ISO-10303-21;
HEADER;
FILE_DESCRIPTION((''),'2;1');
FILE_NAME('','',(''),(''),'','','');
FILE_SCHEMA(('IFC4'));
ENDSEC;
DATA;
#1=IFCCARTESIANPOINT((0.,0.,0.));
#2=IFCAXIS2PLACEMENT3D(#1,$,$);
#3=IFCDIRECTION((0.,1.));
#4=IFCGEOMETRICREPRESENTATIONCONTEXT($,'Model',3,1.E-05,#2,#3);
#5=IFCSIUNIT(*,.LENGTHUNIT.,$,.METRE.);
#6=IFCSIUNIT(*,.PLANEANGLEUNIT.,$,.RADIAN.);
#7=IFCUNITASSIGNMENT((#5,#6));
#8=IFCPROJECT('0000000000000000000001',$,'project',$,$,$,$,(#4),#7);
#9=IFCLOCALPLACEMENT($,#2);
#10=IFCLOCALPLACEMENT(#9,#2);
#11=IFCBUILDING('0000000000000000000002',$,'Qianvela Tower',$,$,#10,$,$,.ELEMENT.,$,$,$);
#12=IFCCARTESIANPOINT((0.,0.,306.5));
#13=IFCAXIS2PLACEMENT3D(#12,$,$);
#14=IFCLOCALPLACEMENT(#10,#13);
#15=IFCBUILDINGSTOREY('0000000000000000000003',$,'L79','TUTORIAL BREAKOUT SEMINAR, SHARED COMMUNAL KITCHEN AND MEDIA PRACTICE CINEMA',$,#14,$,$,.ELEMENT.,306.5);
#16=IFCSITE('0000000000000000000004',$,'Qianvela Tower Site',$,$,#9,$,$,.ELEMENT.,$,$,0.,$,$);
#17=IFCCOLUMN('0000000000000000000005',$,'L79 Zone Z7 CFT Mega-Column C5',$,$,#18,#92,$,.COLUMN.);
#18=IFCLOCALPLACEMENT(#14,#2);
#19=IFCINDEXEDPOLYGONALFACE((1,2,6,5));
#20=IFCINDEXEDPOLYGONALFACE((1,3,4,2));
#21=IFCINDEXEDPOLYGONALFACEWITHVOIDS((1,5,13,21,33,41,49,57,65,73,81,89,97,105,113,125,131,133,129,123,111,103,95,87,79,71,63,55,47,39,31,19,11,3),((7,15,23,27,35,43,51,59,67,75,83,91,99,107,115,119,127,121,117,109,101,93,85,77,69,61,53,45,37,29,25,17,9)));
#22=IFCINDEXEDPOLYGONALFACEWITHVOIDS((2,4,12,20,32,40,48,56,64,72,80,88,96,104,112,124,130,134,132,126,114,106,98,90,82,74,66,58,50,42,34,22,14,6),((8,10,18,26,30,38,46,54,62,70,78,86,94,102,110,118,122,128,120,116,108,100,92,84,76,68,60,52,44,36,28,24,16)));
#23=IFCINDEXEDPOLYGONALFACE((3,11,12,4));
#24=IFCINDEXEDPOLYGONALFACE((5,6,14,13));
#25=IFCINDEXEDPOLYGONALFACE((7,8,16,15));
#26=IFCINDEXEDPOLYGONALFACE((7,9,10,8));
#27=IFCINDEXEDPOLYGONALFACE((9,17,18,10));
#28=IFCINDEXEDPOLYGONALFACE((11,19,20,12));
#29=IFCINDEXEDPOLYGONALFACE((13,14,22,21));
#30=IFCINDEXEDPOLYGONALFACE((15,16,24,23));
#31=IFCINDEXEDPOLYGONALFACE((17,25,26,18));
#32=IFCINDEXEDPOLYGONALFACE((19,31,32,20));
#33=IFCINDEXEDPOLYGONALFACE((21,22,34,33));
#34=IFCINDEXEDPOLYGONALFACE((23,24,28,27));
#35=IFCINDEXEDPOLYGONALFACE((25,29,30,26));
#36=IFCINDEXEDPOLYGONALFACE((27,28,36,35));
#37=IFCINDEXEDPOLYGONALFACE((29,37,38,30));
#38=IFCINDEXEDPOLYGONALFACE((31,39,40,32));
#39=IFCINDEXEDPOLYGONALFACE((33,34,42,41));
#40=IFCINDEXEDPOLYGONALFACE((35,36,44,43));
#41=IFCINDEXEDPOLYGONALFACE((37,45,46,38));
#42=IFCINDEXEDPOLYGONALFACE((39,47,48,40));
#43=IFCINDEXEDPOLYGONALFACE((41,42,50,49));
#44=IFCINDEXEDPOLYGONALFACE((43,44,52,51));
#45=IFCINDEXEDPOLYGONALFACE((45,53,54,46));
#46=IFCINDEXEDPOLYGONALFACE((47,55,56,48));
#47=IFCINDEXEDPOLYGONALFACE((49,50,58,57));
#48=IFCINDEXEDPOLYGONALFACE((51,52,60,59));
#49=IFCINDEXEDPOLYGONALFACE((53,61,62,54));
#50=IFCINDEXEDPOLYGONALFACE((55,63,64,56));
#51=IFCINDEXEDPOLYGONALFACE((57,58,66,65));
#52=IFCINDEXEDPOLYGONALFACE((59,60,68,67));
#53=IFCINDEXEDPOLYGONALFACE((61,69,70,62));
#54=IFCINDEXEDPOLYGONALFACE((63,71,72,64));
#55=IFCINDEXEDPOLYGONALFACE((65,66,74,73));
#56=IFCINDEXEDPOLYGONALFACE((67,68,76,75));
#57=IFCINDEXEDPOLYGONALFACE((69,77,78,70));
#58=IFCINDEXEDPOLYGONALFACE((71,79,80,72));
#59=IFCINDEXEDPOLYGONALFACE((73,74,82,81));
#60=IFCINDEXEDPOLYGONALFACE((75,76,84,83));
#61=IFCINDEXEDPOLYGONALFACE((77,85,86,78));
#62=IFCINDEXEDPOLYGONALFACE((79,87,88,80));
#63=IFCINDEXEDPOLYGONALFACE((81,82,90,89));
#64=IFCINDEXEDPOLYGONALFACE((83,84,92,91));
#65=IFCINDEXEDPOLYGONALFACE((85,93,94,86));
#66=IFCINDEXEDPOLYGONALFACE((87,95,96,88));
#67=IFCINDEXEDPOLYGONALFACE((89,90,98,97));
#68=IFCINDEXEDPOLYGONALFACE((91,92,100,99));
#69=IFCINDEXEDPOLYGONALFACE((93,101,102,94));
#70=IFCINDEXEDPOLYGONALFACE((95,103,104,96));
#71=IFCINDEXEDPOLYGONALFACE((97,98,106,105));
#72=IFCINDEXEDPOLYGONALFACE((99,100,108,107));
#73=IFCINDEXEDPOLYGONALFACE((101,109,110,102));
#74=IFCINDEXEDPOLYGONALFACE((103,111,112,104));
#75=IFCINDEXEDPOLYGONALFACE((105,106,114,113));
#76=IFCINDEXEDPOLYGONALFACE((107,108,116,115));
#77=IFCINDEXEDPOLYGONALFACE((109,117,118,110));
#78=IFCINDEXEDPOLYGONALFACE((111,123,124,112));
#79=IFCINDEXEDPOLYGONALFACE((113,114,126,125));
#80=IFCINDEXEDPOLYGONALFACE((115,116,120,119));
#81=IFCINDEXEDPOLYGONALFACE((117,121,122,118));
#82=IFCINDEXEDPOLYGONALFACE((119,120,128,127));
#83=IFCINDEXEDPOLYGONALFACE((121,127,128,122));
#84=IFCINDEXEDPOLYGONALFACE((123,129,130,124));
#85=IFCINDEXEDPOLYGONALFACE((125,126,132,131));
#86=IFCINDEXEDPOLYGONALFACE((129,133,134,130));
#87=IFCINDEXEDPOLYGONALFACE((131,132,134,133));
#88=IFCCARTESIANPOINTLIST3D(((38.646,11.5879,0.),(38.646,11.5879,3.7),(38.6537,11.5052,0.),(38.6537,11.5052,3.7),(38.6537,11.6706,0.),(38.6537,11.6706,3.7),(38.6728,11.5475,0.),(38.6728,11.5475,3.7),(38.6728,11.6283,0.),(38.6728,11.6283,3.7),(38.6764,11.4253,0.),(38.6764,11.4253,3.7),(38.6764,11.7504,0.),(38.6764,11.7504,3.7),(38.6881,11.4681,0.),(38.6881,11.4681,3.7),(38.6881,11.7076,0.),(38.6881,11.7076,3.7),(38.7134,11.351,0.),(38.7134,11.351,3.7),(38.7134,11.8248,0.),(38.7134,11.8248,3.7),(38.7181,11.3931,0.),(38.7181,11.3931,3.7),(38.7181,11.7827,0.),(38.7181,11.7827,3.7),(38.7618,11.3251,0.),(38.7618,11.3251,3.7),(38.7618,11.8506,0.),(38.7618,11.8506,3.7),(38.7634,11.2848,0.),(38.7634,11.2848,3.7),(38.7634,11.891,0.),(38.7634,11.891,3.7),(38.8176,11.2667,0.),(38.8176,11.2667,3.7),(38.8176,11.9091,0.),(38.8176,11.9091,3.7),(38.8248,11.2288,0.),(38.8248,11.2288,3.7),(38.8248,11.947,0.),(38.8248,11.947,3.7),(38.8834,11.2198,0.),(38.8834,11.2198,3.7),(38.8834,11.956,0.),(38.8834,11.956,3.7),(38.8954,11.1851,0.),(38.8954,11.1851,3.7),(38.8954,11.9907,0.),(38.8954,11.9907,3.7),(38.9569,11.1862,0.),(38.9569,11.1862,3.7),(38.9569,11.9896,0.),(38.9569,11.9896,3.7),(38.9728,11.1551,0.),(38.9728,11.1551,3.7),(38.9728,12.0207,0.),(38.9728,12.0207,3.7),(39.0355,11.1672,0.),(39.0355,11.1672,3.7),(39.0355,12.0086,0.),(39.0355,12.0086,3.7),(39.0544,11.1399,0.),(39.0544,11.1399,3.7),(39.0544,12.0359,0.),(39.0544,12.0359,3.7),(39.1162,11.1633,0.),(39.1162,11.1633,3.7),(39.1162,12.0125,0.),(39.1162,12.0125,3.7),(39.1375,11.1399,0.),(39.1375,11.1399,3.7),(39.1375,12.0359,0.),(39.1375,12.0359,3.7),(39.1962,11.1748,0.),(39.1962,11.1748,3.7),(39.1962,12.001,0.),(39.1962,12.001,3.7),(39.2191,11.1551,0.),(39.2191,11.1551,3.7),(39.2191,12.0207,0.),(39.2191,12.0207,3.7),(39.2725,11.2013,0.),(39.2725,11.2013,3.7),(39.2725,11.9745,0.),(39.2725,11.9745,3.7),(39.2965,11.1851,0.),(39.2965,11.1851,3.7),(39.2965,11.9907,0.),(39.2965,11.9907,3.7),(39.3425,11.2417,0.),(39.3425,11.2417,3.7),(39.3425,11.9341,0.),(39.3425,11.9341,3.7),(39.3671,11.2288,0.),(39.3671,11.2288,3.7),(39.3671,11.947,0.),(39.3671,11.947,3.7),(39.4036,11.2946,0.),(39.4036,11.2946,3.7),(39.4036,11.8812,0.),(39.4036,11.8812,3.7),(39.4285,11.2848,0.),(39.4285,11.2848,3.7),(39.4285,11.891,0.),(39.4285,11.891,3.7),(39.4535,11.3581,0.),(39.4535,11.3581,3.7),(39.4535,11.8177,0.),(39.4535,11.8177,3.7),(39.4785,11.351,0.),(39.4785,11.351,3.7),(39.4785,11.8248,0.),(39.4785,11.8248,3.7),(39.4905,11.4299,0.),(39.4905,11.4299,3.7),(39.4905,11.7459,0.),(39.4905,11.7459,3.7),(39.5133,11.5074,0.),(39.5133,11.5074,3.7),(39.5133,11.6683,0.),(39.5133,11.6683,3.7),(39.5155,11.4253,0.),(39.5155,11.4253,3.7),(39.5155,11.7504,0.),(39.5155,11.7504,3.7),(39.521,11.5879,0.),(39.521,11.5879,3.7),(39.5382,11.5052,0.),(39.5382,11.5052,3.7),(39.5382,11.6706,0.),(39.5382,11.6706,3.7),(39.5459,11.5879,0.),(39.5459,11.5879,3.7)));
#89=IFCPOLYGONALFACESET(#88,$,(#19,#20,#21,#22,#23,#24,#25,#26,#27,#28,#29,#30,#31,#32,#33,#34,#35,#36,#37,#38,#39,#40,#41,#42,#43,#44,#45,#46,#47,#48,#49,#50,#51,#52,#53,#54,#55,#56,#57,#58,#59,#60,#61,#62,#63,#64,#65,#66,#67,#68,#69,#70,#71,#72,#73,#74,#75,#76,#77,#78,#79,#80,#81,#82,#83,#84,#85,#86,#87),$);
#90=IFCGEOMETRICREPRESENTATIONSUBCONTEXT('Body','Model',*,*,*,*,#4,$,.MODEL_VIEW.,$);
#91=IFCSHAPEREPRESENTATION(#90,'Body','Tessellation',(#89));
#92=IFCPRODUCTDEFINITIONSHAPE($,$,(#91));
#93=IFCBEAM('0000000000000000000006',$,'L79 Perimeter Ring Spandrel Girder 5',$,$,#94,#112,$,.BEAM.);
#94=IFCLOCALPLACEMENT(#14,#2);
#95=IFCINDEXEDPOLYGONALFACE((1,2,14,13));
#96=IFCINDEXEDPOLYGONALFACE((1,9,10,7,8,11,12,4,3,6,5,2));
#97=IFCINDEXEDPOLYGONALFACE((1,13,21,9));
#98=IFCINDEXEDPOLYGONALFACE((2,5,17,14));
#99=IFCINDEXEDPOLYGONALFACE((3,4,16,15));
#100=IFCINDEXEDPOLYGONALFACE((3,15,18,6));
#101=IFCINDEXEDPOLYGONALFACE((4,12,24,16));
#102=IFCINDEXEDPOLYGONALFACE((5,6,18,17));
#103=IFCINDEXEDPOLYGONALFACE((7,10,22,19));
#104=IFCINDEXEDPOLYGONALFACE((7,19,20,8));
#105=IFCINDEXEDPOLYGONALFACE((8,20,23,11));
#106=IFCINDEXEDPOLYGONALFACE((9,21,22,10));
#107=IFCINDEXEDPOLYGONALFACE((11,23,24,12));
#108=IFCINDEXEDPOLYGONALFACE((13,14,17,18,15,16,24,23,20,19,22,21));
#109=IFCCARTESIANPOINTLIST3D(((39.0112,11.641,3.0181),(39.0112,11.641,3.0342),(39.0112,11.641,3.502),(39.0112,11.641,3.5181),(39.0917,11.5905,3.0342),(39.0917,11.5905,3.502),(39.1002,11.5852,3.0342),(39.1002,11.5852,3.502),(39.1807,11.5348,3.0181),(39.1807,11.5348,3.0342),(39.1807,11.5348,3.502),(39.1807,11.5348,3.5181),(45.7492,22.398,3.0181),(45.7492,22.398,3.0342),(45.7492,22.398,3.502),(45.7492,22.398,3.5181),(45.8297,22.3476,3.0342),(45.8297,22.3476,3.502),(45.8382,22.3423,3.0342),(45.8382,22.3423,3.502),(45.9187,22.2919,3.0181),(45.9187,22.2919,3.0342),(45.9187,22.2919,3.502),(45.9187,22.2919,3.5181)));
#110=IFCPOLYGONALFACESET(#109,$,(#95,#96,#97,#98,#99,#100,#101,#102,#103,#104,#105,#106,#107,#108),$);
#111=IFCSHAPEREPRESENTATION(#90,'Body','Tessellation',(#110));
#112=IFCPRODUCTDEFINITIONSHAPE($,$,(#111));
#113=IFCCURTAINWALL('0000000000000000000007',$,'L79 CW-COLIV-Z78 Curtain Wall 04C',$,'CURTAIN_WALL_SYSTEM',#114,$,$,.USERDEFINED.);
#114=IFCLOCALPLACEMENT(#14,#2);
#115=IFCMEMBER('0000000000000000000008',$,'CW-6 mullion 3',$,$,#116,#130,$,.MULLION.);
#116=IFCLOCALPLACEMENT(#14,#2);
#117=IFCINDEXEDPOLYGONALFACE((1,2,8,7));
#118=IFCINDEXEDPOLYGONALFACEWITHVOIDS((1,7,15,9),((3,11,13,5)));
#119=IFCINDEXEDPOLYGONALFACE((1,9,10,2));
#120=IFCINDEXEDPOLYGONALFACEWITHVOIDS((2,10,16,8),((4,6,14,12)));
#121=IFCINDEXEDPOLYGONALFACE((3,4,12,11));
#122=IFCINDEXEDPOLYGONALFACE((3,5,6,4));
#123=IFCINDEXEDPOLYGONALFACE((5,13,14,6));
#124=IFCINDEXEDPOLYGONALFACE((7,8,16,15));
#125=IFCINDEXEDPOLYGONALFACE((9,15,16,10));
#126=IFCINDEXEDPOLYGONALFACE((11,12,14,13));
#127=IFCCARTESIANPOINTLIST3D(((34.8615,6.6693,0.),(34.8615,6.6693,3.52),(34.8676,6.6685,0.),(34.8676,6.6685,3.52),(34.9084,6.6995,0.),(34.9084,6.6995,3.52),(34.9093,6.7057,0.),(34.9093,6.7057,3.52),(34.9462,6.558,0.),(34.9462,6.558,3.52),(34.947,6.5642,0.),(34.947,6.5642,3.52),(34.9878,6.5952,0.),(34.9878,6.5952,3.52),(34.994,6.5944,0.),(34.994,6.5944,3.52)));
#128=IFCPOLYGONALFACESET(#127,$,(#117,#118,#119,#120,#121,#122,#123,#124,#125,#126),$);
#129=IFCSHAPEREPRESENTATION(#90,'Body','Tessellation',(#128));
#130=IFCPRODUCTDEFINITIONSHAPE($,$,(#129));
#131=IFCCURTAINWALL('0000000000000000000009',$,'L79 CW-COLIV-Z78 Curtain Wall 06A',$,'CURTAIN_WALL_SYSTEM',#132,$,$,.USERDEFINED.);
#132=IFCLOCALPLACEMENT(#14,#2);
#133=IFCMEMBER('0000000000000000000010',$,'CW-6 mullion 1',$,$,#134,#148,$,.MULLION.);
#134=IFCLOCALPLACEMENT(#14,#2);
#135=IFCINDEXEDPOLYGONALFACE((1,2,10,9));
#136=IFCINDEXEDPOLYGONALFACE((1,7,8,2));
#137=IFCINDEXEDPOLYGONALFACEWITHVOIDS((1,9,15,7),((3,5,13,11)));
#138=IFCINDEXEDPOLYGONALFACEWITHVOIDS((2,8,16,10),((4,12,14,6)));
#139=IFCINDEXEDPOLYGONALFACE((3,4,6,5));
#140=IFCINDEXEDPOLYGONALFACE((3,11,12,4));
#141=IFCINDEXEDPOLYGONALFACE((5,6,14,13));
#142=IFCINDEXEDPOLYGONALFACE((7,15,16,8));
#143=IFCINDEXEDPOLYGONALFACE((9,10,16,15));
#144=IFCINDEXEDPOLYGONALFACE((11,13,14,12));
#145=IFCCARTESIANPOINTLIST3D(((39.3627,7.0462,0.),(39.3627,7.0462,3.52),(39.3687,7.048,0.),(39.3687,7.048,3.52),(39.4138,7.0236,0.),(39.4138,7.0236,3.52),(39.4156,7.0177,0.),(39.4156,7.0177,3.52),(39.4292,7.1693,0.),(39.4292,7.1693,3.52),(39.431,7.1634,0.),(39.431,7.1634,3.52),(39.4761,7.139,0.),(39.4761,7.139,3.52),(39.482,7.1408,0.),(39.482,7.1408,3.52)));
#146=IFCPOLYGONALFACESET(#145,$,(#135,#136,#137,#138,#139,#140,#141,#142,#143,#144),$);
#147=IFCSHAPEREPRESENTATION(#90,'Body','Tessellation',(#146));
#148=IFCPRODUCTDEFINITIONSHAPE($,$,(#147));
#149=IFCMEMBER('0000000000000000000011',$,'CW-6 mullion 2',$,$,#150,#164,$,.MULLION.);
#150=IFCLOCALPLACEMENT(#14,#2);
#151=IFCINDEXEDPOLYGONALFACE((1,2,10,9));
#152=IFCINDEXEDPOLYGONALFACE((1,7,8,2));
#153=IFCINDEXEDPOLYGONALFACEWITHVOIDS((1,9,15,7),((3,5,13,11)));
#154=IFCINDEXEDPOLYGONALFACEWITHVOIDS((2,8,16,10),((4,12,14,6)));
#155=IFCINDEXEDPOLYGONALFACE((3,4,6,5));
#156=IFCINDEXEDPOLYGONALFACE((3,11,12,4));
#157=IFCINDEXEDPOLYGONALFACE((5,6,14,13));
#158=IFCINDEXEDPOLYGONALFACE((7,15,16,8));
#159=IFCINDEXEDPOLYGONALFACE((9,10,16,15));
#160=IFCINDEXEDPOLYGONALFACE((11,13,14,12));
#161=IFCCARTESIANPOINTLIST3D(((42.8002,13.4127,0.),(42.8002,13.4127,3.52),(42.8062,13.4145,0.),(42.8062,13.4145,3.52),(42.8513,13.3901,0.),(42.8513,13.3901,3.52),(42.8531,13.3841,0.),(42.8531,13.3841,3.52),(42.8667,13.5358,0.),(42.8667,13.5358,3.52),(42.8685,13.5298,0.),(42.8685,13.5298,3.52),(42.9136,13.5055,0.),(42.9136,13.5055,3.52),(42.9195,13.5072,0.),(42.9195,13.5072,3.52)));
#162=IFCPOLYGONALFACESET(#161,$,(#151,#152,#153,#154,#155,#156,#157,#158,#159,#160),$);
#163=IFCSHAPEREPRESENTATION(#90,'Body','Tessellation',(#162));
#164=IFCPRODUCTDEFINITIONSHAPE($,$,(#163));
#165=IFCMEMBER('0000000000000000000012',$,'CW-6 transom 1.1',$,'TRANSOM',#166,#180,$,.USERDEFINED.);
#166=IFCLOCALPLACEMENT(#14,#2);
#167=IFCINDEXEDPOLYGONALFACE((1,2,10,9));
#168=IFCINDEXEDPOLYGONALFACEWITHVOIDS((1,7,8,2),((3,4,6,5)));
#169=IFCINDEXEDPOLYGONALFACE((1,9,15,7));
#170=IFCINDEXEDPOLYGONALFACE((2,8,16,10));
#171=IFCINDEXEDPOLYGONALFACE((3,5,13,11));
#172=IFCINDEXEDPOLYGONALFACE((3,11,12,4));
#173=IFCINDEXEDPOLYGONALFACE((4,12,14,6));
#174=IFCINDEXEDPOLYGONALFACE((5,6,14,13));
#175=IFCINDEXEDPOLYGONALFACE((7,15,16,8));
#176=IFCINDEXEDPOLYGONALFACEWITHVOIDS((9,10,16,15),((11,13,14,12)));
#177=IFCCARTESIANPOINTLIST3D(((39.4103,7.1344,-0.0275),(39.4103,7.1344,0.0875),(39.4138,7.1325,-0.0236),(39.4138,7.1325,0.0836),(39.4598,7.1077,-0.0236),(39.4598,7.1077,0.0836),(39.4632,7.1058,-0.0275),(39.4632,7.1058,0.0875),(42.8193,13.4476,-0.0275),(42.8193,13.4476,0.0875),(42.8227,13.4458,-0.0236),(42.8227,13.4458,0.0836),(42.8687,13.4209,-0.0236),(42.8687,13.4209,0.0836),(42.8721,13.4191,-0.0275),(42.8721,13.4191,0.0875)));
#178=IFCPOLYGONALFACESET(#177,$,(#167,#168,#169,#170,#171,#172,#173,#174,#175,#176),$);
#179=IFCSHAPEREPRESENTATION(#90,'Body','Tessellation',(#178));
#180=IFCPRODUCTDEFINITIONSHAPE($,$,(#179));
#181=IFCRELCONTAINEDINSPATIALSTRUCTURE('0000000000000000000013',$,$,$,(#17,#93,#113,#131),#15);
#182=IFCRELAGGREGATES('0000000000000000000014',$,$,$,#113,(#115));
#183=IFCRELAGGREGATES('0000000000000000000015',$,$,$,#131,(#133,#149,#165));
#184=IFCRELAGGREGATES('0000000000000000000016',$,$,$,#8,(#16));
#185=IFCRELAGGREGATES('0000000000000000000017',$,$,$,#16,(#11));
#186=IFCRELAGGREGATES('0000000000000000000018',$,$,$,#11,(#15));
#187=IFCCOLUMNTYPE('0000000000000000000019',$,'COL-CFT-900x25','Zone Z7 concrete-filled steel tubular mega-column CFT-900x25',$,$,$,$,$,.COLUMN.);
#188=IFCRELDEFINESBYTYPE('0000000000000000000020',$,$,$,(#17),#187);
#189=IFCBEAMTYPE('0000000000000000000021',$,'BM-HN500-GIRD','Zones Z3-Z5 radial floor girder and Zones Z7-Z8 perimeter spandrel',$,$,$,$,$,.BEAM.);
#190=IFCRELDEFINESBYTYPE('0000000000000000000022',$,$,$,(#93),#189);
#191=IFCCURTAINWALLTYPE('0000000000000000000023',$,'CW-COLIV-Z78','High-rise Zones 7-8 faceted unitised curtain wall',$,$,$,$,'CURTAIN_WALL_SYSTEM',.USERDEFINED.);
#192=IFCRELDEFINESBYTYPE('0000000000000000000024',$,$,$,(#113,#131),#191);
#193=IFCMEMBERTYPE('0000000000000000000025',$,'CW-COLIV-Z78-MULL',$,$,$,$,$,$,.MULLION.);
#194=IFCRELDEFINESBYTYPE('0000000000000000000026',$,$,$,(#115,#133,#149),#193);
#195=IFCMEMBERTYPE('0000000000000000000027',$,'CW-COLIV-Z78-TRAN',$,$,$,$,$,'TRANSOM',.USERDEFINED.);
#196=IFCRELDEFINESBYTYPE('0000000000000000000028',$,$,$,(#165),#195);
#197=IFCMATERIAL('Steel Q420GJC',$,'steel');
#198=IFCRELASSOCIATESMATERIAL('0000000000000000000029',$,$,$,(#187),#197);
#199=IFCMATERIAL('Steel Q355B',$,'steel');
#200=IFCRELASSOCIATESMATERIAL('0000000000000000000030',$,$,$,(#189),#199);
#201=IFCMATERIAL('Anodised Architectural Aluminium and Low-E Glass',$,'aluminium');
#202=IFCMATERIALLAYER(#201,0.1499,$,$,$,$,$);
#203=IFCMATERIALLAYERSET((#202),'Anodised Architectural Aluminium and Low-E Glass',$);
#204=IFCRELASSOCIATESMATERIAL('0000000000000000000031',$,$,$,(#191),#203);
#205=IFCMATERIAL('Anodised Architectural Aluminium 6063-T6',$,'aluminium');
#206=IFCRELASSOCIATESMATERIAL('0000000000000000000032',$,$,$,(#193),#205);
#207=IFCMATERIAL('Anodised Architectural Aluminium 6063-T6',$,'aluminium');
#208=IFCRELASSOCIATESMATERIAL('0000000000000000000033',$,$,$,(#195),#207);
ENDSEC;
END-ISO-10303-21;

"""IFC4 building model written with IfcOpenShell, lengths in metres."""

from ifc_helpers import new_model, si_unit, direction, frame, origin, origin_2d, place, context, subcontext, project, spatial, hollow_rectangle, hollow_circle, i_section, extrude, material, layer, layer_set, material_profile, profile_set, type_object, element, aggregate, save


model = new_model("IFC4")

# Units and contexts
model_context = context("Model", 3, precision=1e-05, world=origin(), true_north=direction((0.0, 1.0)))
body_context = subcontext(model_context, "Body", "Model", "MODEL_VIEW")
ifc_project = project(units=[si_unit("LENGTHUNIT", "METRE"), si_unit("PLANEANGLEUNIT", "RADIAN")], contexts=[model_context])

# Site, building, storey
site_placement = place(None, origin())
site = spatial("IfcSite", under=ifc_project, at=site_placement, Name="Qianvela Tower Site", CompositionType="ELEMENT", RefElevation=0.0)
building_placement = place(site_placement, origin())
building = spatial("IfcBuilding", under=site, at=building_placement, Name="Qianvela Tower", CompositionType="ELEMENT")
storey_placement = place(building_placement, frame((0.0, 0.0, 306.5)))
storey = spatial("IfcBuildingStorey", under=building, at=storey_placement, Name="L79", Description="TUTORIAL BREAKOUT SEMINAR, SHARED COMMUNAL KITCHEN AND MEDIA PRACTICE CINEMA", CompositionType="ELEMENT", Elevation=306.5)

# Column
ifc_material_1 = material(Name="Steel Q420GJC", Category="steel")
ifc_material_profile_1 = material_profile(ifc_material_1, hollow_circle(Radius=0.45, WallThickness=0.0249, at=origin_2d()), Name="CFT-900x25")
ifc_profile_set_1 = profile_set([ifc_material_profile_1], Name="Steel Q420GJC")
column_type = type_object("IfcColumnType", Name="COL-CFT-900x25", Description="Zone Z7 concrete-filled steel tubular mega-column CFT-900x25", PredefinedType="COLUMN", material=ifc_profile_set_1)
column_placement = place(storey_placement, frame((39.0959, 11.5879, 0.0), z_axis=(0.0, 0.0, 1.0), x_axis=(1.0, 0.0, 0.0)))
element("IfcColumn", 1, at=column_placement, inside=storey, type_object=column_type, Name="L79 Zone Z7 CFT Mega-Column C5", PredefinedType="COLUMN", context=body_context, shape_type="SweptSolid", body=[
    extrude(hollow_circle(Radius=0.45, WallThickness=0.0249, at=origin_2d()), origin(), (0.0, 0.0, 1.0), 3.7),
])

# Beam
ifc_material_2 = material(Name="Steel Q355B", Category="steel")
ifc_material_profile_2 = material_profile(ifc_material_2, i_section(OverallWidth=0.2, OverallDepth=0.5, WebThickness=0.01, FlangeThickness=0.0161, at=origin_2d()), Name="HN500x200x10x16")
ifc_profile_set_2 = profile_set([ifc_material_profile_2], Name="Steel Q355B")
beam_type = type_object("IfcBeamType", Name="BM-HN500-GIRD", Description="Zones Z3-Z5 radial floor girder and Zones Z7-Z8 perimeter spandrel", PredefinedType="BEAM", material=ifc_profile_set_2)
beam_placement = place(storey_placement, frame((39.0959, 11.5879, 3.2681), z_axis=(0.530841, 0.847472, 0.0), x_axis=(-0.847472, 0.530841, 0.0)))
element("IfcBeam", 2, at=beam_placement, inside=storey, type_object=beam_type, Name="L79 Perimeter Ring Spandrel Girder 5", PredefinedType="BEAM", context=body_context, shape_type="SweptSolid", body=[
    extrude(i_section(OverallWidth=0.2, OverallDepth=0.5, WebThickness=0.01, FlangeThickness=0.0161, at=origin_2d()), origin(), (0.0, 0.0, 1.0), 12.6931),
])

# Curtain wall, member
ifc_material_3 = material(Name="Anodised Architectural Aluminium and Low-E Glass", Category="aluminium")
ifc_layer_1 = layer(ifc_material_3, 0.1499)
ifc_layer_set_1 = layer_set([ifc_layer_1], Name="Anodised Architectural Aluminium and Low-E Glass")
curtain_wall_type = type_object("IfcCurtainWallType", Name="CW-COLIV-Z78", Description="High-rise Zones 7-8 faceted unitised curtain wall", ElementType="CURTAIN_WALL_SYSTEM", PredefinedType="USERDEFINED", material=ifc_layer_set_1)
curtain_wall_1_placement = place(storey_placement, origin())
curtain_wall_1 = element("IfcCurtainWall", 3, at=curtain_wall_1_placement, inside=storey, type_object=curtain_wall_type, Name="L79 CW-COLIV-Z78 Curtain Wall 04C", ObjectType="CURTAIN_WALL_SYSTEM", PredefinedType="USERDEFINED")
ifc_material_4 = material(Name="Anodised Architectural Aluminium 6063-T6", Category="aluminium")
ifc_material_profile_3 = material_profile(ifc_material_4, hollow_rectangle(XDim=0.0601, YDim=0.1399, WallThickness=0.0044, at=origin_2d()), Name="ALU-MULL-60x140")
ifc_profile_set_3 = profile_set([ifc_material_profile_3], Name="Anodised Architectural Aluminium 6063-T6")
member_type_1 = type_object("IfcMemberType", Name="CW-COLIV-Z78-MULL", PredefinedType="MULLION", material=ifc_profile_set_3)
member_1_placement = place(storey_placement, frame((34.9277, 6.6318, 0.0), z_axis=(0.0, 0.0, 1.0), x_axis=(0.795687, 0.605708, 0.0)))
member_1 = element("IfcMember", 4, at=member_1_placement, type_object=member_type_1, Name="CW-6 mullion 3", PredefinedType="MULLION", context=body_context, shape_type="SweptSolid", body=[
    extrude(hollow_rectangle(XDim=0.0601, YDim=0.1399, WallThickness=0.0044, at=origin_2d()), origin(), (0.0, 0.0, 1.0), 3.52),
])
aggregate(curtain_wall_1, [member_1])

# Curtain wall, members
curtain_wall_2_placement = place(storey_placement, origin())
curtain_wall_2 = element("IfcCurtainWall", 5, at=curtain_wall_2_placement, inside=storey, type_object=curtain_wall_type, Name="L79 CW-COLIV-Z78 Curtain Wall 06A", ObjectType="CURTAIN_WALL_SYSTEM", PredefinedType="USERDEFINED")
member_2_placement = place(storey_placement, frame((39.4224, 7.0935, 0.0), z_axis=(0.0, 0.0, 1.0), x_axis=(-0.879924, 0.475114, 0.0)))
member_2 = element("IfcMember", 6, at=member_2_placement, type_object=member_type_1, Name="CW-6 mullion 1", PredefinedType="MULLION", context=body_context, shape_type="SweptSolid", body=[
    extrude(hollow_rectangle(XDim=0.0601, YDim=0.1399, WallThickness=0.0044, at=origin_2d()), origin(), (0.0, 0.0, 1.0), 3.52),
])
member_3_placement = place(storey_placement, frame((42.8599, 13.46, 0.0), z_axis=(0.0, 0.0, 1.0), x_axis=(-0.879924, 0.475114, 0.0)))
member_3 = element("IfcMember", 7, at=member_3_placement, type_object=member_type_1, Name="CW-6 mullion 2", PredefinedType="MULLION", context=body_context, shape_type="SweptSolid", body=[
    extrude(hollow_rectangle(XDim=0.0601, YDim=0.1399, WallThickness=0.0044, at=origin_2d()), origin(), (0.0, 0.0, 1.0), 3.52),
])
ifc_material_5 = material(Name="Anodised Architectural Aluminium 6063-T6", Category="aluminium")
ifc_material_profile_4 = material_profile(ifc_material_5, hollow_rectangle(XDim=0.0601, YDim=0.115, WallThickness=0.0039, at=origin_2d()), Name="ALU-TRAN-60x115")
ifc_profile_set_4 = profile_set([ifc_material_profile_4], Name="Anodised Architectural Aluminium 6063-T6")
member_type_2 = type_object("IfcMemberType", Name="CW-COLIV-Z78-TRAN", ElementType="TRANSOM", PredefinedType="USERDEFINED", material=ifc_profile_set_4)
member_4_placement = place(storey_placement, frame((39.4368, 7.1201, 0.03), z_axis=(0.475126, 0.879918, 0.0), x_axis=(-0.879918, 0.475126, 0.0)))
member_4 = element("IfcMember", 8, at=member_4_placement, type_object=member_type_2, Name="CW-6 transom 1.1", ObjectType="TRANSOM", PredefinedType="USERDEFINED", context=body_context, shape_type="SweptSolid", body=[
    extrude(hollow_rectangle(XDim=0.0601, YDim=0.115, WallThickness=0.0039, at=origin_2d()), origin(), (0.0, 0.0, 1.0), 7.1748),
])
aggregate(curtain_wall_2, [member_2, member_3, member_4])

save(model, "model.ifc")
